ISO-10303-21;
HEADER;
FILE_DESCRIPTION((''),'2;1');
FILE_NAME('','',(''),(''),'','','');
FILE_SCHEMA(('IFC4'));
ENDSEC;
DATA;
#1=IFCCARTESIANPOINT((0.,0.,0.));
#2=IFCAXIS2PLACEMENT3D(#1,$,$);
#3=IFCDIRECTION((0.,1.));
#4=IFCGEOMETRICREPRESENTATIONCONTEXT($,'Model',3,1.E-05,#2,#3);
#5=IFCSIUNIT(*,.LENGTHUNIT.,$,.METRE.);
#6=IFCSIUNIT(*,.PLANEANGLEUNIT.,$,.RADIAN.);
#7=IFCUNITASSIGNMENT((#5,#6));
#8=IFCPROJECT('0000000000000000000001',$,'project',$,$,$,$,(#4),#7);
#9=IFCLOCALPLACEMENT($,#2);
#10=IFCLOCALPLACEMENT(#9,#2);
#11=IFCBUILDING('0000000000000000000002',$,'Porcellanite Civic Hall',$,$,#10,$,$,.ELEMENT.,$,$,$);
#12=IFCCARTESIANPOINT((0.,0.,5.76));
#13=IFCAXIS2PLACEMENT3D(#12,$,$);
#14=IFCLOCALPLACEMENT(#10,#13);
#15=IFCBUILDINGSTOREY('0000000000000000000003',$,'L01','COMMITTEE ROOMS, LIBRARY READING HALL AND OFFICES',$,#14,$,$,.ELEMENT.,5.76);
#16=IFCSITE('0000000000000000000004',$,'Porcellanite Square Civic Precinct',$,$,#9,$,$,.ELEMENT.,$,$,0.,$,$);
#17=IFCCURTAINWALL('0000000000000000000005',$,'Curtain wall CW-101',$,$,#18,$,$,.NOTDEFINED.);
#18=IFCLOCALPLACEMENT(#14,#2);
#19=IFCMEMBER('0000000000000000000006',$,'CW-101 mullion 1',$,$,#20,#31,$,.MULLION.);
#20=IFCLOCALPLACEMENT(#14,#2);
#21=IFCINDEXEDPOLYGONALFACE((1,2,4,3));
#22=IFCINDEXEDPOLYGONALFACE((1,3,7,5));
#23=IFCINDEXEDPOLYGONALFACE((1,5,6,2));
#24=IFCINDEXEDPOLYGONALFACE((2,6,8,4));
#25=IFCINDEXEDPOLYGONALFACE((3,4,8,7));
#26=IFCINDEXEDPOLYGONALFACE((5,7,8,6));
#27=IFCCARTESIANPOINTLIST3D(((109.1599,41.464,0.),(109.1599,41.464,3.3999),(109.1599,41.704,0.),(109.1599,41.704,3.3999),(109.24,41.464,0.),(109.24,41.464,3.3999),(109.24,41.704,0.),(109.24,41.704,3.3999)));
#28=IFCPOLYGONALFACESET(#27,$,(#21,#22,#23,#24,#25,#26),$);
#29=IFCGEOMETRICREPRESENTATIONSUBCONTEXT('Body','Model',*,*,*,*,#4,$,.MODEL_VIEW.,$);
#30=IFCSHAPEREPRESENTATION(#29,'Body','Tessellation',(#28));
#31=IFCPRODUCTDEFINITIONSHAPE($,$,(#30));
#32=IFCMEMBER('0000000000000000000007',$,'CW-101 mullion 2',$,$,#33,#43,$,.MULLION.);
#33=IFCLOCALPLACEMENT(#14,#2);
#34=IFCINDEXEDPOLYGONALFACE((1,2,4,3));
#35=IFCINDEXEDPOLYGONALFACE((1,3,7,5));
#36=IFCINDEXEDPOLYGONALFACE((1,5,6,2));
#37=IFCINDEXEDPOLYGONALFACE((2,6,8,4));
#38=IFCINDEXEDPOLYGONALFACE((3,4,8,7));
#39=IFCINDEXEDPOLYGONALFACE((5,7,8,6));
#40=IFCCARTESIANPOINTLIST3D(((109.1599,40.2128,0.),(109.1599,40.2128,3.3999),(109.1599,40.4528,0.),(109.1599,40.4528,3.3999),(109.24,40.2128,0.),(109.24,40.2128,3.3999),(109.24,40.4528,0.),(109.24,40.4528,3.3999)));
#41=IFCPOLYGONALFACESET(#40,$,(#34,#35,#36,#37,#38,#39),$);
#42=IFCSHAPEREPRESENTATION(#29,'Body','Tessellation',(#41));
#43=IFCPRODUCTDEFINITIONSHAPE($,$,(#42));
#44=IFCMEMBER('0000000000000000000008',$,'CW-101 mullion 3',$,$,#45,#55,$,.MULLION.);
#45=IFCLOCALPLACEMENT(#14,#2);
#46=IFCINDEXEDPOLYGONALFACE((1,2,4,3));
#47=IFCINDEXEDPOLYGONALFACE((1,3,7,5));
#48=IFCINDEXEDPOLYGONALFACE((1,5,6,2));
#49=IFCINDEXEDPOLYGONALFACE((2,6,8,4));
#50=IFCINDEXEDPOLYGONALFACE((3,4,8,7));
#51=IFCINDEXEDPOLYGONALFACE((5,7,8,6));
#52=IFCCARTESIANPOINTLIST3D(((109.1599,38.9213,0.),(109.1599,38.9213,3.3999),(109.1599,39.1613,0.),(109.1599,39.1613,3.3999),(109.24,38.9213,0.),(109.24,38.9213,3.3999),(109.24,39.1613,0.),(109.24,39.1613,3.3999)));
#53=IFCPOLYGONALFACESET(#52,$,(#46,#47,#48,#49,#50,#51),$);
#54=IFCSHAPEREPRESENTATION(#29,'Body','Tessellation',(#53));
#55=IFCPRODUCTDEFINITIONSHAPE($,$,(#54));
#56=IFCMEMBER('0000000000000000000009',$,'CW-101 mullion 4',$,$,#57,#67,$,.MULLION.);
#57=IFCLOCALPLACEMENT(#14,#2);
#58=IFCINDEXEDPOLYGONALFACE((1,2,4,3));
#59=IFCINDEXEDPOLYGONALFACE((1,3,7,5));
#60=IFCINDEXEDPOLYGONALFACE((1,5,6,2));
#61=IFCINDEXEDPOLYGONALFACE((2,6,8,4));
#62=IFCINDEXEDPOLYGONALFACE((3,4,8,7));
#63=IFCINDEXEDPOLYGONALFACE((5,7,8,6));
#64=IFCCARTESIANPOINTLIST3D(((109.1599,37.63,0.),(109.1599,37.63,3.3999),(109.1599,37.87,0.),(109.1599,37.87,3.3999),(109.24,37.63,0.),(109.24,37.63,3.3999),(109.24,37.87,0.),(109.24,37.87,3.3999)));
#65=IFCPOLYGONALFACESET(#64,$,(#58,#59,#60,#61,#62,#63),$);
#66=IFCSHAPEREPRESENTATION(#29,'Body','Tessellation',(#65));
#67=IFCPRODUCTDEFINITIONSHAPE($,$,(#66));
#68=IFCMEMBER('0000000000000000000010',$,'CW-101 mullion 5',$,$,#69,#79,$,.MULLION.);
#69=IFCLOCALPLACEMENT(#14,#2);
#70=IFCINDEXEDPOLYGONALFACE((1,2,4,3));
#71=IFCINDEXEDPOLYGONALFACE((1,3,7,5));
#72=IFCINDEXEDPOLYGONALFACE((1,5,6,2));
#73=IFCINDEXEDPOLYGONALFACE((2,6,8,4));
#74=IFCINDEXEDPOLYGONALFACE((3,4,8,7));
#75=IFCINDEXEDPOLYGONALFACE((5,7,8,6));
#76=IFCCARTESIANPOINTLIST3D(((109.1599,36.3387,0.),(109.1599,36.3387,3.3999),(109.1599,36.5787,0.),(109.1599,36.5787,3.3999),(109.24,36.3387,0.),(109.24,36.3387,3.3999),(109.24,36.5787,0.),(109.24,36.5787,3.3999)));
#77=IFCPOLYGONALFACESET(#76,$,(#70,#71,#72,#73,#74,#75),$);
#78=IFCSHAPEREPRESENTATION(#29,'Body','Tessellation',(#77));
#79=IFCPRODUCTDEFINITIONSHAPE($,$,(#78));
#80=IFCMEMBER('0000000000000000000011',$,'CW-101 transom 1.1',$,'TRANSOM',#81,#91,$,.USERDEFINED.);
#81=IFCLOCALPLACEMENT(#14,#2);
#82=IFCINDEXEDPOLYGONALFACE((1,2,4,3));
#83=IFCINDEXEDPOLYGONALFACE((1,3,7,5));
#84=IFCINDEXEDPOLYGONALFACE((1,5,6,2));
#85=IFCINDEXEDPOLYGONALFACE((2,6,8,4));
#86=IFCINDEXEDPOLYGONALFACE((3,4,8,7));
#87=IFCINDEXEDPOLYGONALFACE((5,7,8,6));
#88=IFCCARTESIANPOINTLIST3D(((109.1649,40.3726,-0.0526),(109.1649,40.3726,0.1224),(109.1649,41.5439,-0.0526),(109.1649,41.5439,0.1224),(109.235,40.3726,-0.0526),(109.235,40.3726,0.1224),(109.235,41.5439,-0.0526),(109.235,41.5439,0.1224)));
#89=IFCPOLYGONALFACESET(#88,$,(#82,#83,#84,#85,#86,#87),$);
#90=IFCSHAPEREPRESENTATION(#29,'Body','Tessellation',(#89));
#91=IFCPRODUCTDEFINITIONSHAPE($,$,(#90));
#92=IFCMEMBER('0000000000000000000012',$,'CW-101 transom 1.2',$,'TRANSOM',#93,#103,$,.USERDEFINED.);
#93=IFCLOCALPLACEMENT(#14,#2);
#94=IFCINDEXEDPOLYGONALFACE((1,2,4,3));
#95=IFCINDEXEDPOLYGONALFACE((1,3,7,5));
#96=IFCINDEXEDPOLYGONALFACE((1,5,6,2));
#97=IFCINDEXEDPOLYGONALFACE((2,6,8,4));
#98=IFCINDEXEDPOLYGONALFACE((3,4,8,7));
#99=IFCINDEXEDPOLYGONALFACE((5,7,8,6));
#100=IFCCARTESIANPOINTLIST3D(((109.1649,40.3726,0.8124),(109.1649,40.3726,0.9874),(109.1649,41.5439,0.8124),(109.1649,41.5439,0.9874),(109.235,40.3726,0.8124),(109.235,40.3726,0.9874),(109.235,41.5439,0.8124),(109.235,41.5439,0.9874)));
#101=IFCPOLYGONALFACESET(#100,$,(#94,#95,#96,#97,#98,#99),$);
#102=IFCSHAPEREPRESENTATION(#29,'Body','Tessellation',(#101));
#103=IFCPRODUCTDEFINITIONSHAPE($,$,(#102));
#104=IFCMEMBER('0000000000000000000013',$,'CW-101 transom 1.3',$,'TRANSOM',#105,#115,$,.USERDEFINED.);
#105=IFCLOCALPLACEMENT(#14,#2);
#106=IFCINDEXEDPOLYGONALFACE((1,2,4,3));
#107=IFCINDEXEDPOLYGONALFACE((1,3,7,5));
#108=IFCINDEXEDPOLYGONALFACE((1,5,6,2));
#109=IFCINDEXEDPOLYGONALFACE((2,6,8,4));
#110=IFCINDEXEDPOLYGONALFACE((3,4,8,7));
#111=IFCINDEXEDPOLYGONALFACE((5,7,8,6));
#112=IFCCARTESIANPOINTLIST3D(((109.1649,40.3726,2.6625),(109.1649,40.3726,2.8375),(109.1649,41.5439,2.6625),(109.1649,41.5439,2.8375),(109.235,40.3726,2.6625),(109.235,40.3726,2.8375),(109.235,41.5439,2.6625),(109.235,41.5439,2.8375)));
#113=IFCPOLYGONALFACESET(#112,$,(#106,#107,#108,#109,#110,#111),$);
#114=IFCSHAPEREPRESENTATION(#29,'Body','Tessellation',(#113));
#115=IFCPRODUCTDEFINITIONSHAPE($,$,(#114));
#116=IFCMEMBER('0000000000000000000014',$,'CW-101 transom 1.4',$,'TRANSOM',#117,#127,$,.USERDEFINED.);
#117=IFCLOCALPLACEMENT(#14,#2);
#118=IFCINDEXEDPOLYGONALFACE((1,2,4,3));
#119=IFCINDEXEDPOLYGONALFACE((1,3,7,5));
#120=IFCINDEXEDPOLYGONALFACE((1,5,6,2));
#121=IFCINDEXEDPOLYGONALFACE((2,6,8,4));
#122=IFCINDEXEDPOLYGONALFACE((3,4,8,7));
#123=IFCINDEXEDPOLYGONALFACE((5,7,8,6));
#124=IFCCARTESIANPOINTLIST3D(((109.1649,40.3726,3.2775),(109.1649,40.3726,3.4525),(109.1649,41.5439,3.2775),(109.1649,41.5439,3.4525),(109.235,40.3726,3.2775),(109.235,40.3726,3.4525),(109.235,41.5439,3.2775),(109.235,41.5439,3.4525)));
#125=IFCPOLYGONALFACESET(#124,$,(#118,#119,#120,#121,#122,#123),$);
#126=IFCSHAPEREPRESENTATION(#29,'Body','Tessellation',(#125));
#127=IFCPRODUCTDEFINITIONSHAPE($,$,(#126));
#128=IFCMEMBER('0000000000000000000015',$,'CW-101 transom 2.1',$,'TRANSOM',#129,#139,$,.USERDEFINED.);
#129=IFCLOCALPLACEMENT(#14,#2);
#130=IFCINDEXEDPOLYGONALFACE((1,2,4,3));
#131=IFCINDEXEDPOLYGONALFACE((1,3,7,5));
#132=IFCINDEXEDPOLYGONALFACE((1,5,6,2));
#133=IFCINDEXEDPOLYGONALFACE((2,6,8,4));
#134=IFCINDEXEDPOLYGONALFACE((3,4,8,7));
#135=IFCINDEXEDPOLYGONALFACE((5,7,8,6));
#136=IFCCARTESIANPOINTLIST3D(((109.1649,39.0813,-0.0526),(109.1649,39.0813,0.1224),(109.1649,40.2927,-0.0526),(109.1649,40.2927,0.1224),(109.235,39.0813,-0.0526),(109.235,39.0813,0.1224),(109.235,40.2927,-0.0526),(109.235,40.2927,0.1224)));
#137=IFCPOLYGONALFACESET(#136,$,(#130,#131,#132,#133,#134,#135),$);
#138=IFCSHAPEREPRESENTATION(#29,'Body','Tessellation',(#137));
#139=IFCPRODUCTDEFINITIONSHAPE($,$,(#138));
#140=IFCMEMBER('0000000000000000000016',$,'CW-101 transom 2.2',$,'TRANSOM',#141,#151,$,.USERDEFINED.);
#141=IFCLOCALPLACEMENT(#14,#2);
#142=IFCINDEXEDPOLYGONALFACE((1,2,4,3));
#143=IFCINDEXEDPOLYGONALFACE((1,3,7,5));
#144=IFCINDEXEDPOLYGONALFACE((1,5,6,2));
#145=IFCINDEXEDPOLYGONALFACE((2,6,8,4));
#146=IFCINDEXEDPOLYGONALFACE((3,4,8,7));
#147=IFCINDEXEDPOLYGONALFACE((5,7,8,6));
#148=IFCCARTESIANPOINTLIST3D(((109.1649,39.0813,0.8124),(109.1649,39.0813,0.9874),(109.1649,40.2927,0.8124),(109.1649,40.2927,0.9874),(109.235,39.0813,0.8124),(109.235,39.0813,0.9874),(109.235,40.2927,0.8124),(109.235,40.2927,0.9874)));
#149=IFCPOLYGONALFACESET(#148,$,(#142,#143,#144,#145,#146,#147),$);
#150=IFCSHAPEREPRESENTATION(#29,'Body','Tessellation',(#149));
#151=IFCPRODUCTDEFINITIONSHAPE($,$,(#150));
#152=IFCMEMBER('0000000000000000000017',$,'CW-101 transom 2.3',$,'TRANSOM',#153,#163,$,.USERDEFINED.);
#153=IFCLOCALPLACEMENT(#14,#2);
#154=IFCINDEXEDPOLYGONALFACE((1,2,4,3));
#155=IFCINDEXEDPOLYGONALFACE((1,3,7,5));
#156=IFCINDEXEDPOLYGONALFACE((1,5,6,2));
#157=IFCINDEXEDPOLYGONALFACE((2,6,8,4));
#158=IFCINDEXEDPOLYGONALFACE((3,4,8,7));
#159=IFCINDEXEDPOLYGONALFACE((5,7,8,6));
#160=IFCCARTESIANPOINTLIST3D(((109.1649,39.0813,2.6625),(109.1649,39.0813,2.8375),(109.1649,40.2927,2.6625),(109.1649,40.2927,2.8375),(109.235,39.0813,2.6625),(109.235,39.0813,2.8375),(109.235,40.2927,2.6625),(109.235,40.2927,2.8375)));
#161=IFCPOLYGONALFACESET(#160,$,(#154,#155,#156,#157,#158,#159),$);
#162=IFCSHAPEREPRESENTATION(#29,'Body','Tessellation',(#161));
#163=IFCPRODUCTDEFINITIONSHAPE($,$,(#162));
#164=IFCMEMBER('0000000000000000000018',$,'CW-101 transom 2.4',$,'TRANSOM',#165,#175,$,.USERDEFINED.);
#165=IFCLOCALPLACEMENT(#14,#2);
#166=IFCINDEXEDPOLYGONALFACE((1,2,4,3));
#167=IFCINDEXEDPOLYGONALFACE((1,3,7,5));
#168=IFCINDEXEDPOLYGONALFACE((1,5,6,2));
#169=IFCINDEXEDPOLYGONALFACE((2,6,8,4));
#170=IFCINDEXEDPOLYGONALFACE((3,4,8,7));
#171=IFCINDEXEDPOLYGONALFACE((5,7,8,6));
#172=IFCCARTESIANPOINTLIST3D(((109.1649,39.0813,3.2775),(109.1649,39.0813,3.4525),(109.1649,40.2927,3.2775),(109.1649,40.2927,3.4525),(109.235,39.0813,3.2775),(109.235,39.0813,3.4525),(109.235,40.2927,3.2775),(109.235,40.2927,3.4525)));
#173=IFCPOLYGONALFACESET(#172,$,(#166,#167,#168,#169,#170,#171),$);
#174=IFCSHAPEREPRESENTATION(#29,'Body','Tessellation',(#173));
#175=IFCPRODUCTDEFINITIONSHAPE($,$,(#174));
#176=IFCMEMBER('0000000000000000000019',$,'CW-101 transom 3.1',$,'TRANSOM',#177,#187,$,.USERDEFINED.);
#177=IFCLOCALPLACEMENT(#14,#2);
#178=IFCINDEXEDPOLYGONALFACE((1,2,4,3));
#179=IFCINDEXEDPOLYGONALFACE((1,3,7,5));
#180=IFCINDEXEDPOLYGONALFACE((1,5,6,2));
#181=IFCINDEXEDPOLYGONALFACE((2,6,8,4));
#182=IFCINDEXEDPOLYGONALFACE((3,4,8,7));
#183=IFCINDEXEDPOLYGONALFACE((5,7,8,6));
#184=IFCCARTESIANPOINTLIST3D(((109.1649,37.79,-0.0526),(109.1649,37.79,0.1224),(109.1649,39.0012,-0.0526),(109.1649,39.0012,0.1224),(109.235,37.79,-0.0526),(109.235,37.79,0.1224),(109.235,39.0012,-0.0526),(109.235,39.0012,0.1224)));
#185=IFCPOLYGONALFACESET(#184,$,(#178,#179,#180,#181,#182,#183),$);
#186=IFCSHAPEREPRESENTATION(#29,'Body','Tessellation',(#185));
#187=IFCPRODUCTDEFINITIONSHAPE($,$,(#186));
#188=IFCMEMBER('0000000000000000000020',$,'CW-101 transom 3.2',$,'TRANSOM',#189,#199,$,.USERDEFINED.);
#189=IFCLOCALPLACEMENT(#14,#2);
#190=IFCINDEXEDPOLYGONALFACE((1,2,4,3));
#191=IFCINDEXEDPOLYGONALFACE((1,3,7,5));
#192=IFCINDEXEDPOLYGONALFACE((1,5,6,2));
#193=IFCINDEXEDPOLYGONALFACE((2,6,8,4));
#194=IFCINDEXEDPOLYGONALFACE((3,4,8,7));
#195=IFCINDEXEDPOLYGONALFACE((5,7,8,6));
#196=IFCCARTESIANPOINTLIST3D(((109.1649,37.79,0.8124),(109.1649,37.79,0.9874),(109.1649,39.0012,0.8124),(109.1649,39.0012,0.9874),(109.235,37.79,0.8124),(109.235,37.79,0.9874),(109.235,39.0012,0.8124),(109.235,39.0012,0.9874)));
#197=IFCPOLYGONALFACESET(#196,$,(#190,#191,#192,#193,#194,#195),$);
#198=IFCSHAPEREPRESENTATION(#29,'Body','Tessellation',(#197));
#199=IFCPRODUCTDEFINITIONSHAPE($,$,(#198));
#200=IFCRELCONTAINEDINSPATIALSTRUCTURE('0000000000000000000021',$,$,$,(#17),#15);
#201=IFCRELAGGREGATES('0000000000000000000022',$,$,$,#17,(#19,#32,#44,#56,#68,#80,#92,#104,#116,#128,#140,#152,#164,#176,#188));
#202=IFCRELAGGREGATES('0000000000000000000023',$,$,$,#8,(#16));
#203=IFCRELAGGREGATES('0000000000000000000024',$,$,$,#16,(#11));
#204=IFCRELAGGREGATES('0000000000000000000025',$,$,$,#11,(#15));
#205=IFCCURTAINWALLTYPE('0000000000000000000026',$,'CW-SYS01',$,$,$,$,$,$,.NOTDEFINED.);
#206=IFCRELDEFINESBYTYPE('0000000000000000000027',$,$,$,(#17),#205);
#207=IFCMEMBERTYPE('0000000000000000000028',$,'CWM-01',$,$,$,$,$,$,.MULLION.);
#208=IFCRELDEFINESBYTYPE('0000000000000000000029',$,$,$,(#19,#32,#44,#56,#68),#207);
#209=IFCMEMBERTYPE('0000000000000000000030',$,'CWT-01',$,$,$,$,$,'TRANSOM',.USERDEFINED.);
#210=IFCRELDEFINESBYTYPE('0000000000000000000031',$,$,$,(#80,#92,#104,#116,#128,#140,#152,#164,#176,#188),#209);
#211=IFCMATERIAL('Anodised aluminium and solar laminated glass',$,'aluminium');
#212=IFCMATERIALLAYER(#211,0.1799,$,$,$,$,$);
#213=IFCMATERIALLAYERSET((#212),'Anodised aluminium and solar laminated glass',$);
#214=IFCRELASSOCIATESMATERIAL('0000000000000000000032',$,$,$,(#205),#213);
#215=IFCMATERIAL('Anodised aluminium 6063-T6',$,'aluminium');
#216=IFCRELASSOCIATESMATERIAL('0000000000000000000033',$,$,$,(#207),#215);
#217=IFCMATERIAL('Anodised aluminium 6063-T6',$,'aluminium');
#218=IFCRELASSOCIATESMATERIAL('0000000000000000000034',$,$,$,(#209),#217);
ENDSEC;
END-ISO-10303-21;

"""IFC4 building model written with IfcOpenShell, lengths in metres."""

from ifc_helpers import new_model, si_unit, direction, frame, origin, origin_2d, place, context, subcontext, project, spatial, rectangle, extrude, material, layer, layer_set, material_profile, profile_set, type_object, element, aggregate, save


model = new_model("IFC4")

# Units and contexts
model_context = context("Model", 3, precision=1e-05, world=origin(), true_north=direction((0.0, 1.0)))
body_context = subcontext(model_context, "Body", "Model", "MODEL_VIEW")
ifc_project = project(units=[si_unit("LENGTHUNIT", "METRE"), si_unit("PLANEANGLEUNIT", "RADIAN")], contexts=[model_context])

# Site, building, storey
site_placement = place(None, origin())
site = spatial("IfcSite", under=ifc_project, at=site_placement, Name="Porcellanite Square Civic Precinct", CompositionType="ELEMENT", RefElevation=0.0)
building_placement = place(site_placement, origin())
building = spatial("IfcBuilding", under=site, at=building_placement, Name="Porcellanite Civic Hall", CompositionType="ELEMENT")
storey_placement = place(building_placement, frame((0.0, 0.0, 5.76)))
storey = spatial("IfcBuildingStorey", under=building, at=storey_placement, Name="L01", Description="COMMITTEE ROOMS, LIBRARY READING HALL AND OFFICES", CompositionType="ELEMENT", Elevation=5.76)

# Curtain wall, members
ifc_material_1 = material(Name="Anodised aluminium and solar laminated glass", Category="aluminium")
ifc_layer_1 = layer(ifc_material_1, 0.1799)
ifc_layer_set_1 = layer_set([ifc_layer_1], Name="Anodised aluminium and solar laminated glass")
curtain_wall_type = type_object("IfcCurtainWallType", Name="CW-SYS01", PredefinedType="NOTDEFINED", material=ifc_layer_set_1)
curtain_wall_placement = place(storey_placement, origin())
curtain_wall = element("IfcCurtainWall", 1, at=curtain_wall_placement, inside=storey, type_object=curtain_wall_type, Name="Curtain wall CW-101", PredefinedType="NOTDEFINED")
ifc_material_2 = material(Name="Anodised aluminium 6063-T6", Category="aluminium")
ifc_material_profile_1 = material_profile(ifc_material_2, rectangle(XDim=0.0801, YDim=0.24, at=origin_2d()), Name="AL-80x240")
ifc_profile_set_1 = profile_set([ifc_material_profile_1], Name="Anodised aluminium 6063-T6")
member_type_1 = type_object("IfcMemberType", Name="CWM-01", PredefinedType="MULLION", material=ifc_profile_set_1)
member_1_placement = place(storey_placement, frame((109.2, 41.584, 0.0), z_axis=(0.0, 0.0, 1.0), x_axis=(1.0, 0.0, 0.0)))
member_1 = element("IfcMember", 2, at=member_1_placement, type_object=member_type_1, Name="CW-101 mullion 1", PredefinedType="MULLION", context=body_context, shape_type="SweptSolid", body=[
    extrude(rectangle(XDim=0.0801, YDim=0.24, at=origin_2d()), origin(), (0.0, 0.0, 1.0), 3.3999),
])
member_2_placement = place(storey_placement, frame((109.2, 40.3328, 0.0), z_axis=(0.0, 0.0, 1.0), x_axis=(1.0, 0.0, 0.0)))
member_2 = element("IfcMember", 3, at=member_2_placement, type_object=member_type_1, Name="CW-101 mullion 2", PredefinedType="MULLION", context=body_context, shape_type="SweptSolid", body=[
    extrude(rectangle(XDim=0.0801, YDim=0.24, at=origin_2d()), origin(), (0.0, 0.0, 1.0), 3.3999),
])
member_3_placement = place(storey_placement, frame((109.2, 39.0413, 0.0), z_axis=(0.0, 0.0, 1.0), x_axis=(1.0, 0.0, 0.0)))
member_3 = element("IfcMember", 4, at=member_3_placement, type_object=member_type_1, Name="CW-101 mullion 3", PredefinedType="MULLION", context=body_context, shape_type="SweptSolid", body=[
    extrude(rectangle(XDim=0.0801, YDim=0.24, at=origin_2d()), origin(), (0.0, 0.0, 1.0), 3.3999),
])
member_4_placement = place(storey_placement, frame((109.2, 37.75, 0.0), z_axis=(0.0, 0.0, 1.0), x_axis=(1.0, 0.0, 0.0)))
member_4 = element("IfcMember", 5, at=member_4_placement, type_object=member_type_1, Name="CW-101 mullion 4", PredefinedType="MULLION", context=body_context, shape_type="SweptSolid", body=[
    extrude(rectangle(XDim=0.0801, YDim=0.24, at=origin_2d()), origin(), (0.0, 0.0, 1.0), 3.3999),
])
member_5_placement = place(storey_placement, frame((109.2, 36.4587, 0.0), z_axis=(0.0, 0.0, 1.0), x_axis=(1.0, 0.0, 0.0)))
member_5 = element("IfcMember", 6, at=member_5_placement, type_object=member_type_1, Name="CW-101 mullion 5", PredefinedType="MULLION", context=body_context, shape_type="SweptSolid", body=[
    extrude(rectangle(XDim=0.0801, YDim=0.24, at=origin_2d()), origin(), (0.0, 0.0, 1.0), 3.3999),
])
ifc_material_3 = material(Name="Anodised aluminium 6063-T6", Category="aluminium")
ifc_material_profile_2 = material_profile(ifc_material_3, rectangle(XDim=0.0701, YDim=0.175, at=origin_2d()), Name="AL-70x175")
ifc_profile_set_2 = profile_set([ifc_material_profile_2], Name="Anodised aluminium 6063-T6")
member_type_2 = type_object("IfcMemberType", Name="CWT-01", ElementType="TRANSOM", PredefinedType="USERDEFINED", material=ifc_profile_set_2)
member_6_placement = place(storey_placement, frame((109.2, 41.5439, 0.0349), z_axis=(0.0, -1.0, 0.0), x_axis=(1.0, 0.0, 0.0)))
member_6 = element("IfcMember", 7, at=member_6_placement, type_object=member_type_2, Name="CW-101 transom 1.1", ObjectType="TRANSOM", PredefinedType="USERDEFINED", context=body_context, shape_type="SweptSolid", body=[
    extrude(rectangle(XDim=0.0701, YDim=0.175, at=origin_2d()), origin(), (0.0, 0.0, 1.0), 1.1714),
])
member_7_placement = place(storey_placement, frame((109.2, 41.5439, 0.8999), z_axis=(0.0, -1.0, 0.0), x_axis=(1.0, 0.0, 0.0)))
member_7 = element("IfcMember", 8, at=member_7_placement, type_object=member_type_2, Name="CW-101 transom 1.2", ObjectType="TRANSOM", PredefinedType="USERDEFINED", context=body_context, shape_type="SweptSolid", body=[
    extrude(rectangle(XDim=0.0701, YDim=0.175, at=origin_2d()), origin(), (0.0, 0.0, 1.0), 1.1714),
])
member_8_placement = place(storey_placement, frame((109.2, 41.5439, 2.75), z_axis=(0.0, -1.0, 0.0), x_axis=(1.0, 0.0, 0.0)))
member_8 = element("IfcMember", 9, at=member_8_placement, type_object=member_type_2, Name="CW-101 transom 1.3", ObjectType="TRANSOM", PredefinedType="USERDEFINED", context=body_context, shape_type="SweptSolid", body=[
    extrude(rectangle(XDim=0.0701, YDim=0.175, at=origin_2d()), origin(), (0.0, 0.0, 1.0), 1.1714),
])
member_9_placement = place(storey_placement, frame((109.2, 41.5439, 3.365), z_axis=(0.0, -1.0, 0.0), x_axis=(1.0, 0.0, 0.0)))
member_9 = element("IfcMember", 10, at=member_9_placement, type_object=member_type_2, Name="CW-101 transom 1.4", ObjectType="TRANSOM", PredefinedType="USERDEFINED", context=body_context, shape_type="SweptSolid", body=[
    extrude(rectangle(XDim=0.0701, YDim=0.175, at=origin_2d()), origin(), (0.0, 0.0, 1.0), 1.1714),
])
member_10_placement = place(storey_placement, frame((109.2, 40.2927, 0.0349), z_axis=(0.0, -1.0, 0.0), x_axis=(1.0, 0.0, 0.0)))
member_10 = element("IfcMember", 11, at=member_10_placement, type_object=member_type_2, Name="CW-101 transom 2.1", ObjectType="TRANSOM", PredefinedType="USERDEFINED", context=body_context, shape_type="SweptSolid", body=[
    extrude(rectangle(XDim=0.0701, YDim=0.175, at=origin_2d()), origin(), (0.0, 0.0, 1.0), 1.2114),
])
member_11_placement = place(storey_placement, frame((109.2, 40.2927, 0.8999), z_axis=(0.0, -1.0, 0.0), x_axis=(1.0, 0.0, 0.0)))
member_11 = element("IfcMember", 12, at=member_11_placement, type_object=member_type_2, Name="CW-101 transom 2.2", ObjectType="TRANSOM", PredefinedType="USERDEFINED", context=body_context, shape_type="SweptSolid", body=[
    extrude(rectangle(XDim=0.0701, YDim=0.175, at=origin_2d()), origin(), (0.0, 0.0, 1.0), 1.2114),
])
member_12_placement = place(storey_placement, frame((109.2, 40.2927, 2.75), z_axis=(0.0, -1.0, 0.0), x_axis=(1.0, 0.0, 0.0)))
member_12 = element("IfcMember", 13, at=member_12_placement, type_object=member_type_2, Name="CW-101 transom 2.3", ObjectType="TRANSOM", PredefinedType="USERDEFINED", context=body_context, shape_type="SweptSolid", body=[
    extrude(rectangle(XDim=0.0701, YDim=0.175, at=origin_2d()), origin(), (0.0, 0.0, 1.0), 1.2114),
])
member_13_placement = place(storey_placement, frame((109.2, 40.2927, 3.365), z_axis=(0.0, -1.0, 0.0), x_axis=(1.0, 0.0, 0.0)))
member_13 = element("IfcMember", 14, at=member_13_placement, type_object=member_type_2, Name="CW-101 transom 2.4", ObjectType="TRANSOM", PredefinedType="USERDEFINED", context=body_context, shape_type="SweptSolid", body=[
    extrude(rectangle(XDim=0.0701, YDim=0.175, at=origin_2d()), origin(), (0.0, 0.0, 1.0), 1.2114),
])
member_14_placement = place(storey_placement, frame((109.2, 39.0012, 0.0349), z_axis=(0.0, -1.0, 0.0), x_axis=(1.0, 0.0, 0.0)))
member_14 = element("IfcMember", 15, at=member_14_placement, type_object=member_type_2, Name="CW-101 transom 3.1", ObjectType="TRANSOM", PredefinedType="USERDEFINED", context=body_context, shape_type="SweptSolid", body=[
    extrude(rectangle(XDim=0.0701, YDim=0.175, at=origin_2d()), origin(), (0.0, 0.0, 1.0), 1.2112),
])
member_15_placement = place(storey_placement, frame((109.2, 39.0012, 0.8999), z_axis=(0.0, -1.0, 0.0), x_axis=(1.0, 0.0, 0.0)))
member_15 = element("IfcMember", 16, at=member_15_placement, type_object=member_type_2, Name="CW-101 transom 3.2", ObjectType="TRANSOM", PredefinedType="USERDEFINED", context=body_context, shape_type="SweptSolid", body=[
    extrude(rectangle(XDim=0.0701, YDim=0.175, at=origin_2d()), origin(), (0.0, 0.0, 1.0), 1.2112),
])

aggregate(curtain_wall, [member_1, member_2, member_3, member_4, member_5, member_6, member_7, member_8, member_9, member_10, member_11, member_12, member_13, member_14, member_15])

save(model, "model.ifc")
